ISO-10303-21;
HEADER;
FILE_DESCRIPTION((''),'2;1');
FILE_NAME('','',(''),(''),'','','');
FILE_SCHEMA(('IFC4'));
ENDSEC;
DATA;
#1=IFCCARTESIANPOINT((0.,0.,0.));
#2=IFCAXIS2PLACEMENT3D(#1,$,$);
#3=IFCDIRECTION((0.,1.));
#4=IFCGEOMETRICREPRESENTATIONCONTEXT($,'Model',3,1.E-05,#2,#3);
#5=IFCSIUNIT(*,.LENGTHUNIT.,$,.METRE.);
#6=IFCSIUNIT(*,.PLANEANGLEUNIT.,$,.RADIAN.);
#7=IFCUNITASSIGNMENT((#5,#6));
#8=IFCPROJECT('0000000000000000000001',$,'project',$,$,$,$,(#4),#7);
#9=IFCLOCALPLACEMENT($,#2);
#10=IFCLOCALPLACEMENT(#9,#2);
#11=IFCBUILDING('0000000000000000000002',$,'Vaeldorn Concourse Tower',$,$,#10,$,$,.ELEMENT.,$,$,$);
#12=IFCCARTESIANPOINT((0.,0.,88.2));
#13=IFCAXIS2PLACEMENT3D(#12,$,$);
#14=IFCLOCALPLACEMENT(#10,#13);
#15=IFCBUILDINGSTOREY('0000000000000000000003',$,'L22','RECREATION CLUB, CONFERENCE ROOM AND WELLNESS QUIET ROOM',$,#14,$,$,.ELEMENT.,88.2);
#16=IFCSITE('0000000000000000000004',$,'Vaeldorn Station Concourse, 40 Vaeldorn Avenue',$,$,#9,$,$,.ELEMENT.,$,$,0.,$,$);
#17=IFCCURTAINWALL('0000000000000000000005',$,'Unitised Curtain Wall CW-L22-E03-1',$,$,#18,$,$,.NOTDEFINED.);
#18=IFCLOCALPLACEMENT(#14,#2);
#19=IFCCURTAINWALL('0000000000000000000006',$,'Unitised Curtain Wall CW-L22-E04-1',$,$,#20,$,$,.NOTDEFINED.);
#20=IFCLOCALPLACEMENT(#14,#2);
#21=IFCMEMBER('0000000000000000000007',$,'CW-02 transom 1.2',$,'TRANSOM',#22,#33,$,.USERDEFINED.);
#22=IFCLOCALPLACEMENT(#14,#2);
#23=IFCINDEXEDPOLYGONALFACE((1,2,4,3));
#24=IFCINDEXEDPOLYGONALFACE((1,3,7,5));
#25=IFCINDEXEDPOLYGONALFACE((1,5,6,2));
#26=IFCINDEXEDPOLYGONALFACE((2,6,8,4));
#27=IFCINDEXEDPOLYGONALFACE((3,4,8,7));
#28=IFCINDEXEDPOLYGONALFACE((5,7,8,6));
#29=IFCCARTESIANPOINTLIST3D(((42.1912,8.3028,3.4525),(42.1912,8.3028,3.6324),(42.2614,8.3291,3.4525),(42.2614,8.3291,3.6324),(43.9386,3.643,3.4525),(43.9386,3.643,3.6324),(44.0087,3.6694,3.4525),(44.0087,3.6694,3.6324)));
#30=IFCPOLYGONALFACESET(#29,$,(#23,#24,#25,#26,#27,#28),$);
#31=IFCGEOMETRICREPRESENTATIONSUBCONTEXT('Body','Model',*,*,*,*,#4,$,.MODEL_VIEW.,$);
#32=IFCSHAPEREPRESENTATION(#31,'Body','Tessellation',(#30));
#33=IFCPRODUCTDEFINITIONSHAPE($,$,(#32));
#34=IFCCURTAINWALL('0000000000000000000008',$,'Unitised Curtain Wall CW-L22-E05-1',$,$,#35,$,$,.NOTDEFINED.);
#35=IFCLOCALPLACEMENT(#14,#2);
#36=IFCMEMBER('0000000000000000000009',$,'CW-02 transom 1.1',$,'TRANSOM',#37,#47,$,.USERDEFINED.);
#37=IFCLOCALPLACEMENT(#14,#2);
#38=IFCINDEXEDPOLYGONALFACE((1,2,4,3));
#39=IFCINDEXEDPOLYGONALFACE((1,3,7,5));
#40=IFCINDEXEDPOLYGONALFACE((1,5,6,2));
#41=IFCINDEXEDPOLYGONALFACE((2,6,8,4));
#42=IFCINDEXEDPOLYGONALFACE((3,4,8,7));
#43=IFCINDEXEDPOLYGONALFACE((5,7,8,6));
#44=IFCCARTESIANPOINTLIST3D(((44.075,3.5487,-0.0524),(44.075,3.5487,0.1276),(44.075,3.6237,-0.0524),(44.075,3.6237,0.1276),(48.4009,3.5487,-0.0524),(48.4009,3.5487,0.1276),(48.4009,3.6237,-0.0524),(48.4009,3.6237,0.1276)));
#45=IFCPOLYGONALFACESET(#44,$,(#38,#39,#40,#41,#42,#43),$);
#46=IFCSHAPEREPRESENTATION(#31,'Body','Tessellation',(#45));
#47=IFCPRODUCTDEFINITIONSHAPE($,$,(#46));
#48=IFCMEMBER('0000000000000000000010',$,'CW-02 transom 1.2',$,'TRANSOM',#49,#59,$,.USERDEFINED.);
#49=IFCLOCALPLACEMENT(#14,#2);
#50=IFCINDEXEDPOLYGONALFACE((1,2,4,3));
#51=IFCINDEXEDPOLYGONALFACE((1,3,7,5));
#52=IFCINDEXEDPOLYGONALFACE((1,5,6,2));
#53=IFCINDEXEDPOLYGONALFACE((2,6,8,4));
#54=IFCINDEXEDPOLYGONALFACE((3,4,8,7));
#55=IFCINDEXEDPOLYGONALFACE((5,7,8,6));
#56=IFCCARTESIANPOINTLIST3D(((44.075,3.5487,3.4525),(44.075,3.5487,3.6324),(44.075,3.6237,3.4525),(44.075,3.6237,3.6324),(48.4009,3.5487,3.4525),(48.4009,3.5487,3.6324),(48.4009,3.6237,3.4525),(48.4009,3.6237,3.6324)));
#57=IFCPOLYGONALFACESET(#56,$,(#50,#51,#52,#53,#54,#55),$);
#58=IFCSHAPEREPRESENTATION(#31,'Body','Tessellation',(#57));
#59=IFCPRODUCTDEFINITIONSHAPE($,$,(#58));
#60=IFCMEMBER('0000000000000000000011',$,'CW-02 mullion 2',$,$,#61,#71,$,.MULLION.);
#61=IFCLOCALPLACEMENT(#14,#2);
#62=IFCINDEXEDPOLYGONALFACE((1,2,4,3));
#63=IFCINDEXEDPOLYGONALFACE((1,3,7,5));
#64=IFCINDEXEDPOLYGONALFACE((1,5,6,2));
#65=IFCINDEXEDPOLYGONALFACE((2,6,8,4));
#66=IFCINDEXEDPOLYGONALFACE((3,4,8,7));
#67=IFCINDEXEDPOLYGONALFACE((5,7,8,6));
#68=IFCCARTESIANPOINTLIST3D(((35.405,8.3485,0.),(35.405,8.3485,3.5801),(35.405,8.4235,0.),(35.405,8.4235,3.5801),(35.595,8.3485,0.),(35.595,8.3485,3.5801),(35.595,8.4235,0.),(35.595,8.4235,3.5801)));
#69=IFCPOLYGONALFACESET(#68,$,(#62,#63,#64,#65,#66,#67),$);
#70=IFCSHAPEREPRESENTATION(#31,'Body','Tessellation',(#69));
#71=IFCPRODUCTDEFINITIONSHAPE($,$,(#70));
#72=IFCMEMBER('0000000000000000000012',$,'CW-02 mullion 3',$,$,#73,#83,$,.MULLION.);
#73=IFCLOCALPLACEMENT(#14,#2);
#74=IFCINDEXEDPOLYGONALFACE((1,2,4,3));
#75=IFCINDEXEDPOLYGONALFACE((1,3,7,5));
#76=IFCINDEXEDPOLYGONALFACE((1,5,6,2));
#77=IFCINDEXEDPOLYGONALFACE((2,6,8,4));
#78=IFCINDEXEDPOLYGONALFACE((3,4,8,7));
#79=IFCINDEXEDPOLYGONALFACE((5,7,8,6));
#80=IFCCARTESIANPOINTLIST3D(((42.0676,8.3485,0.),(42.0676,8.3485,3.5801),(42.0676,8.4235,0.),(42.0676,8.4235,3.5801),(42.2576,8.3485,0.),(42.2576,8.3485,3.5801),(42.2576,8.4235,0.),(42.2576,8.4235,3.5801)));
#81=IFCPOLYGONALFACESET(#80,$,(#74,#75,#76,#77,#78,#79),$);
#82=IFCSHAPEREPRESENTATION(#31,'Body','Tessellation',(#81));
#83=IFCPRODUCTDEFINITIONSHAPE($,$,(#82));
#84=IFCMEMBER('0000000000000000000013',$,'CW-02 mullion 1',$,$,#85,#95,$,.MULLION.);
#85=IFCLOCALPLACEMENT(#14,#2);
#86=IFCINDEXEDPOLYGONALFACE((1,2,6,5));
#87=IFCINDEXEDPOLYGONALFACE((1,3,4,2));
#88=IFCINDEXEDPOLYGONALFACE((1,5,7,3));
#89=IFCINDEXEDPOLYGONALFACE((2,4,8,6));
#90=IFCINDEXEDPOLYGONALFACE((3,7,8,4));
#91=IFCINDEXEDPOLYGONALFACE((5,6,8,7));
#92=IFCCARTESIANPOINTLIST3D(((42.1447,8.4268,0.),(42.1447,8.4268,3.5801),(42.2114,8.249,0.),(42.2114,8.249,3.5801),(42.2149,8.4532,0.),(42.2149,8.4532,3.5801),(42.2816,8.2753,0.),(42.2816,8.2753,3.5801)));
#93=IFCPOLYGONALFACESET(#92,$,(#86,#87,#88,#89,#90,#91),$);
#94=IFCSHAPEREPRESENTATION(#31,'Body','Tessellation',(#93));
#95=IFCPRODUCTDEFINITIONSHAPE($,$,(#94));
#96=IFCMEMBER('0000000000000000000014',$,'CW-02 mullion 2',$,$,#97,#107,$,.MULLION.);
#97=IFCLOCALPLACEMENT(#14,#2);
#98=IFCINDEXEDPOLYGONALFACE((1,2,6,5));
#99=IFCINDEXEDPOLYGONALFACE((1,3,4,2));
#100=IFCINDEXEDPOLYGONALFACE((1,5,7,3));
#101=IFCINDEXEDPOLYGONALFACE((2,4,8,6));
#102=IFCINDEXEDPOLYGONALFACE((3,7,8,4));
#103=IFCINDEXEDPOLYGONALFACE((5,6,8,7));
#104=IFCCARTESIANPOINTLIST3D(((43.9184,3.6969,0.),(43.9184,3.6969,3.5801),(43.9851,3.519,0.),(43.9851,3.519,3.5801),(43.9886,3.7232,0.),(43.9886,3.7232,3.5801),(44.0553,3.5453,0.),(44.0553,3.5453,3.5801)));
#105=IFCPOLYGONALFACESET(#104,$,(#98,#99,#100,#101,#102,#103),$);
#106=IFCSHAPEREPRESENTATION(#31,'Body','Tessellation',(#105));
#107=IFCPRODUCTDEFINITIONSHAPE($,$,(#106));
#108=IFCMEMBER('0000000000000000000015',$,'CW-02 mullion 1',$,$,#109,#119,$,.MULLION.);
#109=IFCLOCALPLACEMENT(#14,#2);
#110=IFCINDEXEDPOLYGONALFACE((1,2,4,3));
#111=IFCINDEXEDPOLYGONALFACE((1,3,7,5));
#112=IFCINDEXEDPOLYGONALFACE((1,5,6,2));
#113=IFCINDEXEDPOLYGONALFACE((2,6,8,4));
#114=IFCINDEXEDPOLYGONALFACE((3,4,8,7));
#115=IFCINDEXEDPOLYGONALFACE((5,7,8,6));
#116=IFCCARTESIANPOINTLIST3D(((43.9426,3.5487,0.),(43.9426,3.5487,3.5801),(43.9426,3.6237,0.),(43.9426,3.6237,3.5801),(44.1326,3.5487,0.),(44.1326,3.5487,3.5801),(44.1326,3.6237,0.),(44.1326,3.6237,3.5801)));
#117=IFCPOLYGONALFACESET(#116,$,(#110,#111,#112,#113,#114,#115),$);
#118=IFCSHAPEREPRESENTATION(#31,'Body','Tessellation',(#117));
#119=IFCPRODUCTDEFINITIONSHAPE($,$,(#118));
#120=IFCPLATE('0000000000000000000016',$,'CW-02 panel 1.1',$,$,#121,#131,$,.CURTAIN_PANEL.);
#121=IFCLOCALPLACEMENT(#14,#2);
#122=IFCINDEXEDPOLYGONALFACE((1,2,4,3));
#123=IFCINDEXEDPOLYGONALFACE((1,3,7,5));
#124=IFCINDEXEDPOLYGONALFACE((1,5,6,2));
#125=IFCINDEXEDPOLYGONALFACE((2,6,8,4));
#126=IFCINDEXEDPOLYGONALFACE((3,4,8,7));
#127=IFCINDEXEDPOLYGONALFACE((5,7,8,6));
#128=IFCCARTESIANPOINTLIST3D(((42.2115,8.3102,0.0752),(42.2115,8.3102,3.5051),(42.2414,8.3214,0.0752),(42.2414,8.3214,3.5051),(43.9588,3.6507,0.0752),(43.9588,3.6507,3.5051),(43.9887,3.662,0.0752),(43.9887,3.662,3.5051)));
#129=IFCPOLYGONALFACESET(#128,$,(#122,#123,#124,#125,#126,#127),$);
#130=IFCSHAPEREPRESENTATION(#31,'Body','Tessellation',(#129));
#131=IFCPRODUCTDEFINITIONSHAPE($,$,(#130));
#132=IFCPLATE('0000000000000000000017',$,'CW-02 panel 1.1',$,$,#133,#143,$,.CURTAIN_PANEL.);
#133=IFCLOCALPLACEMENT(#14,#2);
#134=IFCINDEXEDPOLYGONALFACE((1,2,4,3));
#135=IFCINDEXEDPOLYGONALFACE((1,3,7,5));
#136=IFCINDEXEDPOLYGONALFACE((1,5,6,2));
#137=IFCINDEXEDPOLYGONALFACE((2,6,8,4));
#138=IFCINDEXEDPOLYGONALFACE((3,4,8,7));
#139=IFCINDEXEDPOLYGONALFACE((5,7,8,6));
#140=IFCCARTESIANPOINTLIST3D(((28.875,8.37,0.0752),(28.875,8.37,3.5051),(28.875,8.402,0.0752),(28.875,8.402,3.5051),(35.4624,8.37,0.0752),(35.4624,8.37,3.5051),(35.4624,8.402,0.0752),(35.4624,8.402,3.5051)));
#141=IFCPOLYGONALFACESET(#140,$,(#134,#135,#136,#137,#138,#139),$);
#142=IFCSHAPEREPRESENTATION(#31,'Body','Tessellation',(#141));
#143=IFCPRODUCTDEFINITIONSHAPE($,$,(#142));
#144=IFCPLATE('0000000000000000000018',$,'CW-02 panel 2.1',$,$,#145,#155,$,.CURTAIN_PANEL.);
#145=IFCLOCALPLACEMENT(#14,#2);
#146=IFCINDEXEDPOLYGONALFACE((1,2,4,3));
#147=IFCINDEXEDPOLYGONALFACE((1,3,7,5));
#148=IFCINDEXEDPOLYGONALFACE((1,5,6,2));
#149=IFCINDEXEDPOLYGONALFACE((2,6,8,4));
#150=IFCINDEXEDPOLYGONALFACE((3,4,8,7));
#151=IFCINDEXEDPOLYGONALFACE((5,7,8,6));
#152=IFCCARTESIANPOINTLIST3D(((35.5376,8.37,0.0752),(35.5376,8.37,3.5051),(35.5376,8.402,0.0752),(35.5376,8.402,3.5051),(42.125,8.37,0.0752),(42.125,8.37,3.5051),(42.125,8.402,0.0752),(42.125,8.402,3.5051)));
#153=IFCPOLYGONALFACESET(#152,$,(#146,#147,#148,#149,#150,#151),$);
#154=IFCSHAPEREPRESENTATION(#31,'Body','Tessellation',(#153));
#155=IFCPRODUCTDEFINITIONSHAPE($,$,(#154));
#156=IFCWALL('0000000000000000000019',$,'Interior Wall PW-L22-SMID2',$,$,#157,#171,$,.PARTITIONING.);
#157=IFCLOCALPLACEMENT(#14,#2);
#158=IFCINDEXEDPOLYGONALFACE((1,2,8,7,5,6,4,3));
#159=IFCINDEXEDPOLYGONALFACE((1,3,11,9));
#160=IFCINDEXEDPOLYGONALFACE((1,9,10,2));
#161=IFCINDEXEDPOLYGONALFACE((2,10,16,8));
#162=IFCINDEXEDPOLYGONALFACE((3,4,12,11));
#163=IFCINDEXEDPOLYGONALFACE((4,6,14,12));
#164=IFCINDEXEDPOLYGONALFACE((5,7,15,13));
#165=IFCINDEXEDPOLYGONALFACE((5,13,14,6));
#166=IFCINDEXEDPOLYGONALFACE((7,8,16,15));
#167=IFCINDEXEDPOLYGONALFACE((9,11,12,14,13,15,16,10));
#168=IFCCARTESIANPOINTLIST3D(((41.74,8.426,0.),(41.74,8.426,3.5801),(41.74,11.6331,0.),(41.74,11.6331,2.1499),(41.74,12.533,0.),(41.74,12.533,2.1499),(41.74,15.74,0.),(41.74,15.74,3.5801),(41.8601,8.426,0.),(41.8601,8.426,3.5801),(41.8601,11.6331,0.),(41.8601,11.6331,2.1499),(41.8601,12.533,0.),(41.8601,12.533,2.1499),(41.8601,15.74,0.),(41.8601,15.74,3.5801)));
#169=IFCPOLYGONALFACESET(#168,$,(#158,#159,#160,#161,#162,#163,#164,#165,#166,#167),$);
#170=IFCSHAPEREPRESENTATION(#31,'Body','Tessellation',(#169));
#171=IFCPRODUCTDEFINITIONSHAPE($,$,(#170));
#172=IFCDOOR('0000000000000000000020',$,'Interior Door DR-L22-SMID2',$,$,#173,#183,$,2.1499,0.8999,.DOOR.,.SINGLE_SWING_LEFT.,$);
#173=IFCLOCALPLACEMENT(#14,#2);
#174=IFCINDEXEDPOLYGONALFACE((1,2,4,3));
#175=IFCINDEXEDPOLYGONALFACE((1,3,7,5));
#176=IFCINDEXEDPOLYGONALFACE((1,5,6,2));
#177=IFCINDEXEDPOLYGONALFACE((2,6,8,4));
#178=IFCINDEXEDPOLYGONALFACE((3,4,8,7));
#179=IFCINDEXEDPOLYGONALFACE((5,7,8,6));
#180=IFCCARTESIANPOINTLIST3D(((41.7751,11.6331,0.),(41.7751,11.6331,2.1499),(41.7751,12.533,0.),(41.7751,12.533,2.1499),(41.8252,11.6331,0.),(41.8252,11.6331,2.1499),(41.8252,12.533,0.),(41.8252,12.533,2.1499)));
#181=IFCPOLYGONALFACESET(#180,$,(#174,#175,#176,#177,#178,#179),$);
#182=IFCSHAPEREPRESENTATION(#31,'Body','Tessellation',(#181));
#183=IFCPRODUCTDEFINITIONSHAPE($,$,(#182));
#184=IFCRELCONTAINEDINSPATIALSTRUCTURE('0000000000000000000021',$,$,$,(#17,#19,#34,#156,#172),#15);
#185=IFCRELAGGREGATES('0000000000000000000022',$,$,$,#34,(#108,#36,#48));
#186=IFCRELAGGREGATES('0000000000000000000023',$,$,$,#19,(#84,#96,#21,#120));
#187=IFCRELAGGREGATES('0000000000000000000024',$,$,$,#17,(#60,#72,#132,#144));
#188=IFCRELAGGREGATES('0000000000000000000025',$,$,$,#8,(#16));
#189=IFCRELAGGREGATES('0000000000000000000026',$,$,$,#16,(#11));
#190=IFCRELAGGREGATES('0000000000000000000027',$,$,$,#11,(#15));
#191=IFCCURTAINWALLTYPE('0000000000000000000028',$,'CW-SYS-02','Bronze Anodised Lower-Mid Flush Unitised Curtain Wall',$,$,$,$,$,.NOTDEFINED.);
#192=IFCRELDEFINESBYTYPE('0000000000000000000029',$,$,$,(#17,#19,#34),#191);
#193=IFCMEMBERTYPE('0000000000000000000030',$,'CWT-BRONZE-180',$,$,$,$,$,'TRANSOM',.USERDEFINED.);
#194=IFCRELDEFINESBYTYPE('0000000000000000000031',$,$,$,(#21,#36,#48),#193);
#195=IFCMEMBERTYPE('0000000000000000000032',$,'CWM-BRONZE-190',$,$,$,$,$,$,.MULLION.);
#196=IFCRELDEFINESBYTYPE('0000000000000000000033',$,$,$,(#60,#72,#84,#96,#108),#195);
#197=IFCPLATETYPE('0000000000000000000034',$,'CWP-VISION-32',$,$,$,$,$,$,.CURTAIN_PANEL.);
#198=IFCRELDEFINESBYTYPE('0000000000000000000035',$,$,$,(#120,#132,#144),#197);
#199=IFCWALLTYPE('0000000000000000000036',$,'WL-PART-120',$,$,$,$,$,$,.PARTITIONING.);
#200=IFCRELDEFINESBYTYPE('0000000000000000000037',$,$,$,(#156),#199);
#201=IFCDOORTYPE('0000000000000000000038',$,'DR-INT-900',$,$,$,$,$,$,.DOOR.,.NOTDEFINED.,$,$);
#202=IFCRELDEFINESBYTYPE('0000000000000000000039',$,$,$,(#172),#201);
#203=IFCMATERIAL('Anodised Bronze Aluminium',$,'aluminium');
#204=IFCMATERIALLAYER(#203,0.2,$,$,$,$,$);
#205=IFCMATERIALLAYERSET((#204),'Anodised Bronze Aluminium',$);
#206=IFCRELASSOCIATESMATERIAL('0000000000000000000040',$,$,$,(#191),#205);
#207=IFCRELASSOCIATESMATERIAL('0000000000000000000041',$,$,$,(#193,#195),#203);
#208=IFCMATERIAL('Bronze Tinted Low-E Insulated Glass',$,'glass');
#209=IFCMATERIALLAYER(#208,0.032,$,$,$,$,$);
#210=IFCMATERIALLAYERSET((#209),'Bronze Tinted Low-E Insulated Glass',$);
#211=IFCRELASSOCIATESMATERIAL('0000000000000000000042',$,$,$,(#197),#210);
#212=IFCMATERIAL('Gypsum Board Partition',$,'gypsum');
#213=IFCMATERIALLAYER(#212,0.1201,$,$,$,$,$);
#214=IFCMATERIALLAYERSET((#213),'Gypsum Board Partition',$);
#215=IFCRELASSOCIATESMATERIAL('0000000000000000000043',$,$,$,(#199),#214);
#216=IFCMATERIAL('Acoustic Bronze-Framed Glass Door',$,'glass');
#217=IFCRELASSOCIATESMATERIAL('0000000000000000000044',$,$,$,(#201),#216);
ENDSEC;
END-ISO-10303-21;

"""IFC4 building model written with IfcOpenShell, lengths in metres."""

from ifc_helpers import new_model, si_unit, direction, frame, frame_2d, origin, origin_2d, place, context, subcontext, project, spatial, rectangle, extrude, source, transform, mapped, material, layer, layer_set, material_profile, profile_set, type_object, element, fill, aggregate, save


model = new_model("IFC4")

# Units and contexts
model_context = context("Model", 3, precision=1e-05, world=origin(), true_north=direction((0.0, 1.0)))
body_context = subcontext(model_context, "Body", "Model", "MODEL_VIEW")
ifc_project = project(units=[si_unit("LENGTHUNIT", "METRE"), si_unit("PLANEANGLEUNIT", "RADIAN")], contexts=[model_context])

# Site, building, storey
site_placement = place(None, origin())
site = spatial("IfcSite", under=ifc_project, at=site_placement, Name="Vaeldorn Station Concourse, 40 Vaeldorn Avenue", CompositionType="ELEMENT", RefElevation=0.0)
building_placement = place(site_placement, origin())
building = spatial("IfcBuilding", under=site, at=building_placement, Name="Vaeldorn Concourse Tower", CompositionType="ELEMENT")
storey_placement = place(building_placement, frame((0.0, 0.0, 88.2)))
storey = spatial("IfcBuildingStorey", under=building, at=storey_placement, Name="L22", Description="RECREATION CLUB, CONFERENCE ROOM AND WELLNESS QUIET ROOM", CompositionType="ELEMENT", Elevation=88.2)

# Curtain walls, members
ifc_material_1 = material(Name="Anodised Bronze Aluminium", Category="aluminium")
ifc_layer_1 = layer(ifc_material_1, 0.2)
ifc_layer_set_1 = layer_set([ifc_layer_1], Name="Anodised Bronze Aluminium")
curtain_wall_type = type_object("IfcCurtainWallType", Name="CW-SYS-02", Description="Bronze Anodised Lower-Mid Flush Unitised Curtain Wall", PredefinedType="NOTDEFINED", material=ifc_layer_set_1)
curtain_wall_1_placement = place(storey_placement, origin())
curtain_wall_1 = element("IfcCurtainWall", 1, at=curtain_wall_1_placement, inside=storey, type_object=curtain_wall_type, Name="Unitised Curtain Wall CW-L22-E03-1", PredefinedType="NOTDEFINED")
ifc_material_profile_1 = material_profile(ifc_material_1, rectangle(XDim=0.075, YDim=0.1799, at=origin_2d()), Name="CWT 75x180")
ifc_profile_set_1 = profile_set([ifc_material_profile_1], Name="Anodised Bronze Aluminium")
member_type_1 = type_object("IfcMemberType", Name="CWT-BRONZE-180", ElementType="TRANSOM", PredefinedType="USERDEFINED", material=ifc_profile_set_1)
curtain_wall_2_placement = place(storey_placement, origin())
curtain_wall_2 = element("IfcCurtainWall", 2, at=curtain_wall_2_placement, inside=storey, type_object=curtain_wall_type, Name="Unitised Curtain Wall CW-L22-E04-1", PredefinedType="NOTDEFINED")
shared_shape_1 = source(origin(), body_context, "Body", "SweptSolid", [
    extrude(rectangle(XDim=0.075, YDim=0.1799, at=origin_2d()), origin(), (0.0, 0.0, 1.0), 4.9766),
])
member_1_placement = place(storey_placement, frame((42.2263, 8.3159, 3.5425), z_axis=(0.351113, -0.936333, 0.0), x_axis=(0.936333, 0.351113, 0.0)))
member_1 = element("IfcMember", 3, at=member_1_placement, type_object=member_type_1, Name="CW-02 transom 1.2", ObjectType="TRANSOM", PredefinedType="USERDEFINED", context=body_context, shape_type="MappedRepresentation", body=[
    mapped(shared_shape_1, transform((0.0, 0.0, 0.0), scale=1.0)),
])
curtain_wall_3_placement = place(storey_placement, origin())
curtain_wall_3 = element("IfcCurtainWall", 4, at=curtain_wall_3_placement, inside=storey, type_object=curtain_wall_type, Name="Unitised Curtain Wall CW-L22-E05-1", PredefinedType="NOTDEFINED")
shared_shape_2 = source(origin(), body_context, "Body", "SweptSolid", [
    extrude(rectangle(XDim=0.075, YDim=0.1799, at=origin_2d()), origin(), (0.0, 0.0, 1.0), 4.3259),
])
member_2_placement = place(storey_placement, frame((44.075, 3.5862, 0.0376), z_axis=(1.0, 0.0, 0.0), x_axis=(0.0, 1.0, 0.0)))
member_2 = element("IfcMember", 5, at=member_2_placement, type_object=member_type_1, Name="CW-02 transom 1.1", ObjectType="TRANSOM", PredefinedType="USERDEFINED", context=body_context, shape_type="MappedRepresentation", body=[
    mapped(shared_shape_2, transform((0.0, 0.0, 0.0), scale=1.0)),
])
member_3_placement = place(storey_placement, frame((44.075, 3.5862, 3.5425), z_axis=(1.0, 0.0, 0.0), x_axis=(0.0, 1.0, 0.0)))
member_3 = element("IfcMember", 6, at=member_3_placement, type_object=member_type_1, Name="CW-02 transom 1.2", ObjectType="TRANSOM", PredefinedType="USERDEFINED", context=body_context, shape_type="MappedRepresentation", body=[
    mapped(shared_shape_2, transform((0.0, 0.0, 0.0), scale=1.0)),
])

# Members
ifc_material_profile_2 = material_profile(ifc_material_1, rectangle(XDim=0.075, YDim=0.1899, at=origin_2d()), Name="CWM 75x190")
ifc_profile_set_2 = profile_set([ifc_material_profile_2], Name="Anodised Bronze Aluminium")
member_type_2 = type_object("IfcMemberType", Name="CWM-BRONZE-190", PredefinedType="MULLION", material=ifc_profile_set_2)
shared_shape_3 = source(origin(), body_context, "Body", "SweptSolid", [
    extrude(rectangle(XDim=0.075, YDim=0.1899, at=origin_2d()), origin(), (0.0, 0.0, 1.0), 3.5801),
])
member_4_placement = place(storey_placement, frame((35.5, 8.386, 0.0), z_axis=(0.0, 0.0, 1.0), x_axis=(0.0, 1.0, 0.0)))
member_4 = element("IfcMember", 7, at=member_4_placement, type_object=member_type_2, Name="CW-02 mullion 2", PredefinedType="MULLION", context=body_context, shape_type="MappedRepresentation", body=[
    mapped(shared_shape_3, transform((0.0, 0.0, 0.0), scale=1.0)),
])
member_5_placement = place(storey_placement, frame((42.1626, 8.386, 0.0), z_axis=(0.0, 0.0, 1.0), x_axis=(0.0, 1.0, 0.0)))
member_5 = element("IfcMember", 8, at=member_5_placement, type_object=member_type_2, Name="CW-02 mullion 3", PredefinedType="MULLION", context=body_context, shape_type="MappedRepresentation", body=[
    mapped(shared_shape_3, transform((0.0, 0.0, 0.0), scale=1.0)),
])
member_6_placement = place(storey_placement, frame((42.2131, 8.3511, 0.0), z_axis=(0.0, 0.0, 1.0), x_axis=(0.936329, 0.351123, 0.0)))
member_6 = element("IfcMember", 9, at=member_6_placement, type_object=member_type_2, Name="CW-02 mullion 1", PredefinedType="MULLION", context=body_context, shape_type="MappedRepresentation", body=[
    mapped(shared_shape_3, transform((0.0, 0.0, 0.0), scale=1.0)),
])
member_7_placement = place(storey_placement, frame((43.9868, 3.6211, 0.0), z_axis=(0.0, 0.0, 1.0), x_axis=(0.936329, 0.351123, 0.0)))
member_7 = element("IfcMember", 10, at=member_7_placement, type_object=member_type_2, Name="CW-02 mullion 2", PredefinedType="MULLION", context=body_context, shape_type="MappedRepresentation", body=[
    mapped(shared_shape_3, transform((0.0, 0.0, 0.0), scale=1.0)),
])
member_8_placement = place(storey_placement, frame((44.0376, 3.5862, 0.0), z_axis=(0.0, 0.0, 1.0), x_axis=(0.0, 1.0, 0.0)))
member_8 = element("IfcMember", 11, at=member_8_placement, type_object=member_type_2, Name="CW-02 mullion 1", PredefinedType="MULLION", context=body_context, shape_type="MappedRepresentation", body=[
    mapped(shared_shape_3, transform((0.0, 0.0, 0.0), scale=1.0)),
])
aggregate(curtain_wall_3, [member_8, member_2, member_3])

# Plates
ifc_material_2 = material(Name="Bronze Tinted Low-E Insulated Glass", Category="glass")
ifc_layer_2 = layer(ifc_material_2, 0.032)
ifc_layer_set_2 = layer_set([ifc_layer_2], Name="Bronze Tinted Low-E Insulated Glass")
plate_type = type_object("IfcPlateType", Name="CWP-VISION-32", PredefinedType="CURTAIN_PANEL", material=ifc_layer_set_2)
shared_shape_4 = source(origin(), body_context, "Body", "SweptSolid", [
    extrude(rectangle(XDim=4.9763, YDim=0.032, at=origin_2d()), origin(), (0.0, 0.0, 1.0), 3.4299),
])
plate_1_placement = place(storey_placement, frame((43.1001, 5.9861, 0.0752), z_axis=(0.0, 0.0, 1.0), x_axis=(0.351123, -0.936329, 0.0)))
plate_1 = element("IfcPlate", 12, at=plate_1_placement, type_object=plate_type, Name="CW-02 panel 1.1", PredefinedType="CURTAIN_PANEL", context=body_context, shape_type="MappedRepresentation", body=[
    mapped(shared_shape_4, transform((0.0, 0.0, 0.0), scale=1.0)),
])
aggregate(curtain_wall_2, [member_6, member_7, member_1, plate_1])
shared_shape_5 = source(origin(), body_context, "Body", "SweptSolid", [
    extrude(rectangle(XDim=6.5874, YDim=0.032, at=origin_2d()), origin(), (0.0, 0.0, 1.0), 3.4299),
])
plate_2_placement = place(storey_placement, frame((32.1687, 8.386, 0.0752), z_axis=(0.0, 0.0, 1.0), x_axis=(1.0, 0.0, 0.0)))
plate_2 = element("IfcPlate", 13, at=plate_2_placement, type_object=plate_type, Name="CW-02 panel 1.1", PredefinedType="CURTAIN_PANEL", context=body_context, shape_type="MappedRepresentation", body=[
    mapped(shared_shape_5, transform((0.0, 0.0, 0.0), scale=1.0)),
])
plate_3_placement = place(storey_placement, frame((38.8313, 8.386, 0.0752), z_axis=(0.0, 0.0, 1.0), x_axis=(1.0, 0.0, 0.0)))
plate_3 = element("IfcPlate", 14, at=plate_3_placement, type_object=plate_type, Name="CW-02 panel 2.1", PredefinedType="CURTAIN_PANEL", context=body_context, shape_type="MappedRepresentation", body=[
    mapped(shared_shape_5, transform((0.0, 0.0, 0.0), scale=1.0)),
])
aggregate(curtain_wall_1, [member_4, member_5, plate_2, plate_3])

# Wall, opening, door
ifc_material_3 = material(Name="Gypsum Board Partition", Category="gypsum")
ifc_layer_3 = layer(ifc_material_3, 0.1201)
ifc_layer_set_3 = layer_set([ifc_layer_3], Name="Gypsum Board Partition")
wall_type = type_object("IfcWallType", Name="WL-PART-120", PredefinedType="PARTITIONING", material=ifc_layer_set_3)
wall_placement = place(storey_placement, frame((41.8, 8.426, 0.0), z_axis=(0.0, 0.0, 1.0), x_axis=(0.0, 1.0, 0.0)))
wall = element("IfcWall", 15, at=wall_placement, inside=storey, type_object=wall_type, Name="Interior Wall PW-L22-SMID2", PredefinedType="PARTITIONING", context=body_context, shape_type="SweptSolid", body=[
    extrude(rectangle(XDim=7.314, YDim=0.1201, at=frame_2d((3.657, 0.0))), origin(), (0.0, 0.0, 1.0), 3.5801),
])
opening_placement = place(wall_placement, frame((3.207, 0.0, 0.0)))
opening = element("IfcOpeningElement", 16, at=opening_placement, cuts=wall, PredefinedType="OPENING", context=body_context, shape_type="SweptSolid", body=[
    extrude(rectangle(XDim=0.8999, YDim=2.1499, at=frame_2d((0.45, 1.075))), frame((0.0, 0.0701, 0.0), z_axis=(0.0, -1.0, 0.0), x_axis=(1.0, 0.0, 0.0)), (0.0, 0.0, 1.0), 0.1401),
])
ifc_material_4 = material(Name="Acoustic Bronze-Framed Glass Door", Category="glass")
door_type = type_object("IfcDoorType", Name="DR-INT-900", OperationType="NOTDEFINED", PredefinedType="DOOR", material=ifc_material_4)
shared_shape_6 = source(origin(), body_context, "Body", "SweptSolid", [
    extrude(rectangle(XDim=0.8999, YDim=2.1499, at=frame_2d((0.45, 1.075))), frame((0.0, 0.0249, 0.0), z_axis=(0.0, -1.0, 0.0), x_axis=(1.0, 0.0, 0.0)), (0.0, 0.0, 1.0), 0.05),
])
door_placement = place(opening_placement, origin())
door = element("IfcDoor", 17, at=door_placement, inside=storey, type_object=door_type, Name="Interior Door DR-L22-SMID2", OperationType="SINGLE_SWING_LEFT", OverallHeight=2.1499, OverallWidth=0.8999, PredefinedType="DOOR", context=body_context, shape_type="MappedRepresentation", body=[
    mapped(shared_shape_6, transform((0.0, 0.0, 0.0), scale=1.0)),
])
fill(opening, door)

save(model, "model.ifc")
